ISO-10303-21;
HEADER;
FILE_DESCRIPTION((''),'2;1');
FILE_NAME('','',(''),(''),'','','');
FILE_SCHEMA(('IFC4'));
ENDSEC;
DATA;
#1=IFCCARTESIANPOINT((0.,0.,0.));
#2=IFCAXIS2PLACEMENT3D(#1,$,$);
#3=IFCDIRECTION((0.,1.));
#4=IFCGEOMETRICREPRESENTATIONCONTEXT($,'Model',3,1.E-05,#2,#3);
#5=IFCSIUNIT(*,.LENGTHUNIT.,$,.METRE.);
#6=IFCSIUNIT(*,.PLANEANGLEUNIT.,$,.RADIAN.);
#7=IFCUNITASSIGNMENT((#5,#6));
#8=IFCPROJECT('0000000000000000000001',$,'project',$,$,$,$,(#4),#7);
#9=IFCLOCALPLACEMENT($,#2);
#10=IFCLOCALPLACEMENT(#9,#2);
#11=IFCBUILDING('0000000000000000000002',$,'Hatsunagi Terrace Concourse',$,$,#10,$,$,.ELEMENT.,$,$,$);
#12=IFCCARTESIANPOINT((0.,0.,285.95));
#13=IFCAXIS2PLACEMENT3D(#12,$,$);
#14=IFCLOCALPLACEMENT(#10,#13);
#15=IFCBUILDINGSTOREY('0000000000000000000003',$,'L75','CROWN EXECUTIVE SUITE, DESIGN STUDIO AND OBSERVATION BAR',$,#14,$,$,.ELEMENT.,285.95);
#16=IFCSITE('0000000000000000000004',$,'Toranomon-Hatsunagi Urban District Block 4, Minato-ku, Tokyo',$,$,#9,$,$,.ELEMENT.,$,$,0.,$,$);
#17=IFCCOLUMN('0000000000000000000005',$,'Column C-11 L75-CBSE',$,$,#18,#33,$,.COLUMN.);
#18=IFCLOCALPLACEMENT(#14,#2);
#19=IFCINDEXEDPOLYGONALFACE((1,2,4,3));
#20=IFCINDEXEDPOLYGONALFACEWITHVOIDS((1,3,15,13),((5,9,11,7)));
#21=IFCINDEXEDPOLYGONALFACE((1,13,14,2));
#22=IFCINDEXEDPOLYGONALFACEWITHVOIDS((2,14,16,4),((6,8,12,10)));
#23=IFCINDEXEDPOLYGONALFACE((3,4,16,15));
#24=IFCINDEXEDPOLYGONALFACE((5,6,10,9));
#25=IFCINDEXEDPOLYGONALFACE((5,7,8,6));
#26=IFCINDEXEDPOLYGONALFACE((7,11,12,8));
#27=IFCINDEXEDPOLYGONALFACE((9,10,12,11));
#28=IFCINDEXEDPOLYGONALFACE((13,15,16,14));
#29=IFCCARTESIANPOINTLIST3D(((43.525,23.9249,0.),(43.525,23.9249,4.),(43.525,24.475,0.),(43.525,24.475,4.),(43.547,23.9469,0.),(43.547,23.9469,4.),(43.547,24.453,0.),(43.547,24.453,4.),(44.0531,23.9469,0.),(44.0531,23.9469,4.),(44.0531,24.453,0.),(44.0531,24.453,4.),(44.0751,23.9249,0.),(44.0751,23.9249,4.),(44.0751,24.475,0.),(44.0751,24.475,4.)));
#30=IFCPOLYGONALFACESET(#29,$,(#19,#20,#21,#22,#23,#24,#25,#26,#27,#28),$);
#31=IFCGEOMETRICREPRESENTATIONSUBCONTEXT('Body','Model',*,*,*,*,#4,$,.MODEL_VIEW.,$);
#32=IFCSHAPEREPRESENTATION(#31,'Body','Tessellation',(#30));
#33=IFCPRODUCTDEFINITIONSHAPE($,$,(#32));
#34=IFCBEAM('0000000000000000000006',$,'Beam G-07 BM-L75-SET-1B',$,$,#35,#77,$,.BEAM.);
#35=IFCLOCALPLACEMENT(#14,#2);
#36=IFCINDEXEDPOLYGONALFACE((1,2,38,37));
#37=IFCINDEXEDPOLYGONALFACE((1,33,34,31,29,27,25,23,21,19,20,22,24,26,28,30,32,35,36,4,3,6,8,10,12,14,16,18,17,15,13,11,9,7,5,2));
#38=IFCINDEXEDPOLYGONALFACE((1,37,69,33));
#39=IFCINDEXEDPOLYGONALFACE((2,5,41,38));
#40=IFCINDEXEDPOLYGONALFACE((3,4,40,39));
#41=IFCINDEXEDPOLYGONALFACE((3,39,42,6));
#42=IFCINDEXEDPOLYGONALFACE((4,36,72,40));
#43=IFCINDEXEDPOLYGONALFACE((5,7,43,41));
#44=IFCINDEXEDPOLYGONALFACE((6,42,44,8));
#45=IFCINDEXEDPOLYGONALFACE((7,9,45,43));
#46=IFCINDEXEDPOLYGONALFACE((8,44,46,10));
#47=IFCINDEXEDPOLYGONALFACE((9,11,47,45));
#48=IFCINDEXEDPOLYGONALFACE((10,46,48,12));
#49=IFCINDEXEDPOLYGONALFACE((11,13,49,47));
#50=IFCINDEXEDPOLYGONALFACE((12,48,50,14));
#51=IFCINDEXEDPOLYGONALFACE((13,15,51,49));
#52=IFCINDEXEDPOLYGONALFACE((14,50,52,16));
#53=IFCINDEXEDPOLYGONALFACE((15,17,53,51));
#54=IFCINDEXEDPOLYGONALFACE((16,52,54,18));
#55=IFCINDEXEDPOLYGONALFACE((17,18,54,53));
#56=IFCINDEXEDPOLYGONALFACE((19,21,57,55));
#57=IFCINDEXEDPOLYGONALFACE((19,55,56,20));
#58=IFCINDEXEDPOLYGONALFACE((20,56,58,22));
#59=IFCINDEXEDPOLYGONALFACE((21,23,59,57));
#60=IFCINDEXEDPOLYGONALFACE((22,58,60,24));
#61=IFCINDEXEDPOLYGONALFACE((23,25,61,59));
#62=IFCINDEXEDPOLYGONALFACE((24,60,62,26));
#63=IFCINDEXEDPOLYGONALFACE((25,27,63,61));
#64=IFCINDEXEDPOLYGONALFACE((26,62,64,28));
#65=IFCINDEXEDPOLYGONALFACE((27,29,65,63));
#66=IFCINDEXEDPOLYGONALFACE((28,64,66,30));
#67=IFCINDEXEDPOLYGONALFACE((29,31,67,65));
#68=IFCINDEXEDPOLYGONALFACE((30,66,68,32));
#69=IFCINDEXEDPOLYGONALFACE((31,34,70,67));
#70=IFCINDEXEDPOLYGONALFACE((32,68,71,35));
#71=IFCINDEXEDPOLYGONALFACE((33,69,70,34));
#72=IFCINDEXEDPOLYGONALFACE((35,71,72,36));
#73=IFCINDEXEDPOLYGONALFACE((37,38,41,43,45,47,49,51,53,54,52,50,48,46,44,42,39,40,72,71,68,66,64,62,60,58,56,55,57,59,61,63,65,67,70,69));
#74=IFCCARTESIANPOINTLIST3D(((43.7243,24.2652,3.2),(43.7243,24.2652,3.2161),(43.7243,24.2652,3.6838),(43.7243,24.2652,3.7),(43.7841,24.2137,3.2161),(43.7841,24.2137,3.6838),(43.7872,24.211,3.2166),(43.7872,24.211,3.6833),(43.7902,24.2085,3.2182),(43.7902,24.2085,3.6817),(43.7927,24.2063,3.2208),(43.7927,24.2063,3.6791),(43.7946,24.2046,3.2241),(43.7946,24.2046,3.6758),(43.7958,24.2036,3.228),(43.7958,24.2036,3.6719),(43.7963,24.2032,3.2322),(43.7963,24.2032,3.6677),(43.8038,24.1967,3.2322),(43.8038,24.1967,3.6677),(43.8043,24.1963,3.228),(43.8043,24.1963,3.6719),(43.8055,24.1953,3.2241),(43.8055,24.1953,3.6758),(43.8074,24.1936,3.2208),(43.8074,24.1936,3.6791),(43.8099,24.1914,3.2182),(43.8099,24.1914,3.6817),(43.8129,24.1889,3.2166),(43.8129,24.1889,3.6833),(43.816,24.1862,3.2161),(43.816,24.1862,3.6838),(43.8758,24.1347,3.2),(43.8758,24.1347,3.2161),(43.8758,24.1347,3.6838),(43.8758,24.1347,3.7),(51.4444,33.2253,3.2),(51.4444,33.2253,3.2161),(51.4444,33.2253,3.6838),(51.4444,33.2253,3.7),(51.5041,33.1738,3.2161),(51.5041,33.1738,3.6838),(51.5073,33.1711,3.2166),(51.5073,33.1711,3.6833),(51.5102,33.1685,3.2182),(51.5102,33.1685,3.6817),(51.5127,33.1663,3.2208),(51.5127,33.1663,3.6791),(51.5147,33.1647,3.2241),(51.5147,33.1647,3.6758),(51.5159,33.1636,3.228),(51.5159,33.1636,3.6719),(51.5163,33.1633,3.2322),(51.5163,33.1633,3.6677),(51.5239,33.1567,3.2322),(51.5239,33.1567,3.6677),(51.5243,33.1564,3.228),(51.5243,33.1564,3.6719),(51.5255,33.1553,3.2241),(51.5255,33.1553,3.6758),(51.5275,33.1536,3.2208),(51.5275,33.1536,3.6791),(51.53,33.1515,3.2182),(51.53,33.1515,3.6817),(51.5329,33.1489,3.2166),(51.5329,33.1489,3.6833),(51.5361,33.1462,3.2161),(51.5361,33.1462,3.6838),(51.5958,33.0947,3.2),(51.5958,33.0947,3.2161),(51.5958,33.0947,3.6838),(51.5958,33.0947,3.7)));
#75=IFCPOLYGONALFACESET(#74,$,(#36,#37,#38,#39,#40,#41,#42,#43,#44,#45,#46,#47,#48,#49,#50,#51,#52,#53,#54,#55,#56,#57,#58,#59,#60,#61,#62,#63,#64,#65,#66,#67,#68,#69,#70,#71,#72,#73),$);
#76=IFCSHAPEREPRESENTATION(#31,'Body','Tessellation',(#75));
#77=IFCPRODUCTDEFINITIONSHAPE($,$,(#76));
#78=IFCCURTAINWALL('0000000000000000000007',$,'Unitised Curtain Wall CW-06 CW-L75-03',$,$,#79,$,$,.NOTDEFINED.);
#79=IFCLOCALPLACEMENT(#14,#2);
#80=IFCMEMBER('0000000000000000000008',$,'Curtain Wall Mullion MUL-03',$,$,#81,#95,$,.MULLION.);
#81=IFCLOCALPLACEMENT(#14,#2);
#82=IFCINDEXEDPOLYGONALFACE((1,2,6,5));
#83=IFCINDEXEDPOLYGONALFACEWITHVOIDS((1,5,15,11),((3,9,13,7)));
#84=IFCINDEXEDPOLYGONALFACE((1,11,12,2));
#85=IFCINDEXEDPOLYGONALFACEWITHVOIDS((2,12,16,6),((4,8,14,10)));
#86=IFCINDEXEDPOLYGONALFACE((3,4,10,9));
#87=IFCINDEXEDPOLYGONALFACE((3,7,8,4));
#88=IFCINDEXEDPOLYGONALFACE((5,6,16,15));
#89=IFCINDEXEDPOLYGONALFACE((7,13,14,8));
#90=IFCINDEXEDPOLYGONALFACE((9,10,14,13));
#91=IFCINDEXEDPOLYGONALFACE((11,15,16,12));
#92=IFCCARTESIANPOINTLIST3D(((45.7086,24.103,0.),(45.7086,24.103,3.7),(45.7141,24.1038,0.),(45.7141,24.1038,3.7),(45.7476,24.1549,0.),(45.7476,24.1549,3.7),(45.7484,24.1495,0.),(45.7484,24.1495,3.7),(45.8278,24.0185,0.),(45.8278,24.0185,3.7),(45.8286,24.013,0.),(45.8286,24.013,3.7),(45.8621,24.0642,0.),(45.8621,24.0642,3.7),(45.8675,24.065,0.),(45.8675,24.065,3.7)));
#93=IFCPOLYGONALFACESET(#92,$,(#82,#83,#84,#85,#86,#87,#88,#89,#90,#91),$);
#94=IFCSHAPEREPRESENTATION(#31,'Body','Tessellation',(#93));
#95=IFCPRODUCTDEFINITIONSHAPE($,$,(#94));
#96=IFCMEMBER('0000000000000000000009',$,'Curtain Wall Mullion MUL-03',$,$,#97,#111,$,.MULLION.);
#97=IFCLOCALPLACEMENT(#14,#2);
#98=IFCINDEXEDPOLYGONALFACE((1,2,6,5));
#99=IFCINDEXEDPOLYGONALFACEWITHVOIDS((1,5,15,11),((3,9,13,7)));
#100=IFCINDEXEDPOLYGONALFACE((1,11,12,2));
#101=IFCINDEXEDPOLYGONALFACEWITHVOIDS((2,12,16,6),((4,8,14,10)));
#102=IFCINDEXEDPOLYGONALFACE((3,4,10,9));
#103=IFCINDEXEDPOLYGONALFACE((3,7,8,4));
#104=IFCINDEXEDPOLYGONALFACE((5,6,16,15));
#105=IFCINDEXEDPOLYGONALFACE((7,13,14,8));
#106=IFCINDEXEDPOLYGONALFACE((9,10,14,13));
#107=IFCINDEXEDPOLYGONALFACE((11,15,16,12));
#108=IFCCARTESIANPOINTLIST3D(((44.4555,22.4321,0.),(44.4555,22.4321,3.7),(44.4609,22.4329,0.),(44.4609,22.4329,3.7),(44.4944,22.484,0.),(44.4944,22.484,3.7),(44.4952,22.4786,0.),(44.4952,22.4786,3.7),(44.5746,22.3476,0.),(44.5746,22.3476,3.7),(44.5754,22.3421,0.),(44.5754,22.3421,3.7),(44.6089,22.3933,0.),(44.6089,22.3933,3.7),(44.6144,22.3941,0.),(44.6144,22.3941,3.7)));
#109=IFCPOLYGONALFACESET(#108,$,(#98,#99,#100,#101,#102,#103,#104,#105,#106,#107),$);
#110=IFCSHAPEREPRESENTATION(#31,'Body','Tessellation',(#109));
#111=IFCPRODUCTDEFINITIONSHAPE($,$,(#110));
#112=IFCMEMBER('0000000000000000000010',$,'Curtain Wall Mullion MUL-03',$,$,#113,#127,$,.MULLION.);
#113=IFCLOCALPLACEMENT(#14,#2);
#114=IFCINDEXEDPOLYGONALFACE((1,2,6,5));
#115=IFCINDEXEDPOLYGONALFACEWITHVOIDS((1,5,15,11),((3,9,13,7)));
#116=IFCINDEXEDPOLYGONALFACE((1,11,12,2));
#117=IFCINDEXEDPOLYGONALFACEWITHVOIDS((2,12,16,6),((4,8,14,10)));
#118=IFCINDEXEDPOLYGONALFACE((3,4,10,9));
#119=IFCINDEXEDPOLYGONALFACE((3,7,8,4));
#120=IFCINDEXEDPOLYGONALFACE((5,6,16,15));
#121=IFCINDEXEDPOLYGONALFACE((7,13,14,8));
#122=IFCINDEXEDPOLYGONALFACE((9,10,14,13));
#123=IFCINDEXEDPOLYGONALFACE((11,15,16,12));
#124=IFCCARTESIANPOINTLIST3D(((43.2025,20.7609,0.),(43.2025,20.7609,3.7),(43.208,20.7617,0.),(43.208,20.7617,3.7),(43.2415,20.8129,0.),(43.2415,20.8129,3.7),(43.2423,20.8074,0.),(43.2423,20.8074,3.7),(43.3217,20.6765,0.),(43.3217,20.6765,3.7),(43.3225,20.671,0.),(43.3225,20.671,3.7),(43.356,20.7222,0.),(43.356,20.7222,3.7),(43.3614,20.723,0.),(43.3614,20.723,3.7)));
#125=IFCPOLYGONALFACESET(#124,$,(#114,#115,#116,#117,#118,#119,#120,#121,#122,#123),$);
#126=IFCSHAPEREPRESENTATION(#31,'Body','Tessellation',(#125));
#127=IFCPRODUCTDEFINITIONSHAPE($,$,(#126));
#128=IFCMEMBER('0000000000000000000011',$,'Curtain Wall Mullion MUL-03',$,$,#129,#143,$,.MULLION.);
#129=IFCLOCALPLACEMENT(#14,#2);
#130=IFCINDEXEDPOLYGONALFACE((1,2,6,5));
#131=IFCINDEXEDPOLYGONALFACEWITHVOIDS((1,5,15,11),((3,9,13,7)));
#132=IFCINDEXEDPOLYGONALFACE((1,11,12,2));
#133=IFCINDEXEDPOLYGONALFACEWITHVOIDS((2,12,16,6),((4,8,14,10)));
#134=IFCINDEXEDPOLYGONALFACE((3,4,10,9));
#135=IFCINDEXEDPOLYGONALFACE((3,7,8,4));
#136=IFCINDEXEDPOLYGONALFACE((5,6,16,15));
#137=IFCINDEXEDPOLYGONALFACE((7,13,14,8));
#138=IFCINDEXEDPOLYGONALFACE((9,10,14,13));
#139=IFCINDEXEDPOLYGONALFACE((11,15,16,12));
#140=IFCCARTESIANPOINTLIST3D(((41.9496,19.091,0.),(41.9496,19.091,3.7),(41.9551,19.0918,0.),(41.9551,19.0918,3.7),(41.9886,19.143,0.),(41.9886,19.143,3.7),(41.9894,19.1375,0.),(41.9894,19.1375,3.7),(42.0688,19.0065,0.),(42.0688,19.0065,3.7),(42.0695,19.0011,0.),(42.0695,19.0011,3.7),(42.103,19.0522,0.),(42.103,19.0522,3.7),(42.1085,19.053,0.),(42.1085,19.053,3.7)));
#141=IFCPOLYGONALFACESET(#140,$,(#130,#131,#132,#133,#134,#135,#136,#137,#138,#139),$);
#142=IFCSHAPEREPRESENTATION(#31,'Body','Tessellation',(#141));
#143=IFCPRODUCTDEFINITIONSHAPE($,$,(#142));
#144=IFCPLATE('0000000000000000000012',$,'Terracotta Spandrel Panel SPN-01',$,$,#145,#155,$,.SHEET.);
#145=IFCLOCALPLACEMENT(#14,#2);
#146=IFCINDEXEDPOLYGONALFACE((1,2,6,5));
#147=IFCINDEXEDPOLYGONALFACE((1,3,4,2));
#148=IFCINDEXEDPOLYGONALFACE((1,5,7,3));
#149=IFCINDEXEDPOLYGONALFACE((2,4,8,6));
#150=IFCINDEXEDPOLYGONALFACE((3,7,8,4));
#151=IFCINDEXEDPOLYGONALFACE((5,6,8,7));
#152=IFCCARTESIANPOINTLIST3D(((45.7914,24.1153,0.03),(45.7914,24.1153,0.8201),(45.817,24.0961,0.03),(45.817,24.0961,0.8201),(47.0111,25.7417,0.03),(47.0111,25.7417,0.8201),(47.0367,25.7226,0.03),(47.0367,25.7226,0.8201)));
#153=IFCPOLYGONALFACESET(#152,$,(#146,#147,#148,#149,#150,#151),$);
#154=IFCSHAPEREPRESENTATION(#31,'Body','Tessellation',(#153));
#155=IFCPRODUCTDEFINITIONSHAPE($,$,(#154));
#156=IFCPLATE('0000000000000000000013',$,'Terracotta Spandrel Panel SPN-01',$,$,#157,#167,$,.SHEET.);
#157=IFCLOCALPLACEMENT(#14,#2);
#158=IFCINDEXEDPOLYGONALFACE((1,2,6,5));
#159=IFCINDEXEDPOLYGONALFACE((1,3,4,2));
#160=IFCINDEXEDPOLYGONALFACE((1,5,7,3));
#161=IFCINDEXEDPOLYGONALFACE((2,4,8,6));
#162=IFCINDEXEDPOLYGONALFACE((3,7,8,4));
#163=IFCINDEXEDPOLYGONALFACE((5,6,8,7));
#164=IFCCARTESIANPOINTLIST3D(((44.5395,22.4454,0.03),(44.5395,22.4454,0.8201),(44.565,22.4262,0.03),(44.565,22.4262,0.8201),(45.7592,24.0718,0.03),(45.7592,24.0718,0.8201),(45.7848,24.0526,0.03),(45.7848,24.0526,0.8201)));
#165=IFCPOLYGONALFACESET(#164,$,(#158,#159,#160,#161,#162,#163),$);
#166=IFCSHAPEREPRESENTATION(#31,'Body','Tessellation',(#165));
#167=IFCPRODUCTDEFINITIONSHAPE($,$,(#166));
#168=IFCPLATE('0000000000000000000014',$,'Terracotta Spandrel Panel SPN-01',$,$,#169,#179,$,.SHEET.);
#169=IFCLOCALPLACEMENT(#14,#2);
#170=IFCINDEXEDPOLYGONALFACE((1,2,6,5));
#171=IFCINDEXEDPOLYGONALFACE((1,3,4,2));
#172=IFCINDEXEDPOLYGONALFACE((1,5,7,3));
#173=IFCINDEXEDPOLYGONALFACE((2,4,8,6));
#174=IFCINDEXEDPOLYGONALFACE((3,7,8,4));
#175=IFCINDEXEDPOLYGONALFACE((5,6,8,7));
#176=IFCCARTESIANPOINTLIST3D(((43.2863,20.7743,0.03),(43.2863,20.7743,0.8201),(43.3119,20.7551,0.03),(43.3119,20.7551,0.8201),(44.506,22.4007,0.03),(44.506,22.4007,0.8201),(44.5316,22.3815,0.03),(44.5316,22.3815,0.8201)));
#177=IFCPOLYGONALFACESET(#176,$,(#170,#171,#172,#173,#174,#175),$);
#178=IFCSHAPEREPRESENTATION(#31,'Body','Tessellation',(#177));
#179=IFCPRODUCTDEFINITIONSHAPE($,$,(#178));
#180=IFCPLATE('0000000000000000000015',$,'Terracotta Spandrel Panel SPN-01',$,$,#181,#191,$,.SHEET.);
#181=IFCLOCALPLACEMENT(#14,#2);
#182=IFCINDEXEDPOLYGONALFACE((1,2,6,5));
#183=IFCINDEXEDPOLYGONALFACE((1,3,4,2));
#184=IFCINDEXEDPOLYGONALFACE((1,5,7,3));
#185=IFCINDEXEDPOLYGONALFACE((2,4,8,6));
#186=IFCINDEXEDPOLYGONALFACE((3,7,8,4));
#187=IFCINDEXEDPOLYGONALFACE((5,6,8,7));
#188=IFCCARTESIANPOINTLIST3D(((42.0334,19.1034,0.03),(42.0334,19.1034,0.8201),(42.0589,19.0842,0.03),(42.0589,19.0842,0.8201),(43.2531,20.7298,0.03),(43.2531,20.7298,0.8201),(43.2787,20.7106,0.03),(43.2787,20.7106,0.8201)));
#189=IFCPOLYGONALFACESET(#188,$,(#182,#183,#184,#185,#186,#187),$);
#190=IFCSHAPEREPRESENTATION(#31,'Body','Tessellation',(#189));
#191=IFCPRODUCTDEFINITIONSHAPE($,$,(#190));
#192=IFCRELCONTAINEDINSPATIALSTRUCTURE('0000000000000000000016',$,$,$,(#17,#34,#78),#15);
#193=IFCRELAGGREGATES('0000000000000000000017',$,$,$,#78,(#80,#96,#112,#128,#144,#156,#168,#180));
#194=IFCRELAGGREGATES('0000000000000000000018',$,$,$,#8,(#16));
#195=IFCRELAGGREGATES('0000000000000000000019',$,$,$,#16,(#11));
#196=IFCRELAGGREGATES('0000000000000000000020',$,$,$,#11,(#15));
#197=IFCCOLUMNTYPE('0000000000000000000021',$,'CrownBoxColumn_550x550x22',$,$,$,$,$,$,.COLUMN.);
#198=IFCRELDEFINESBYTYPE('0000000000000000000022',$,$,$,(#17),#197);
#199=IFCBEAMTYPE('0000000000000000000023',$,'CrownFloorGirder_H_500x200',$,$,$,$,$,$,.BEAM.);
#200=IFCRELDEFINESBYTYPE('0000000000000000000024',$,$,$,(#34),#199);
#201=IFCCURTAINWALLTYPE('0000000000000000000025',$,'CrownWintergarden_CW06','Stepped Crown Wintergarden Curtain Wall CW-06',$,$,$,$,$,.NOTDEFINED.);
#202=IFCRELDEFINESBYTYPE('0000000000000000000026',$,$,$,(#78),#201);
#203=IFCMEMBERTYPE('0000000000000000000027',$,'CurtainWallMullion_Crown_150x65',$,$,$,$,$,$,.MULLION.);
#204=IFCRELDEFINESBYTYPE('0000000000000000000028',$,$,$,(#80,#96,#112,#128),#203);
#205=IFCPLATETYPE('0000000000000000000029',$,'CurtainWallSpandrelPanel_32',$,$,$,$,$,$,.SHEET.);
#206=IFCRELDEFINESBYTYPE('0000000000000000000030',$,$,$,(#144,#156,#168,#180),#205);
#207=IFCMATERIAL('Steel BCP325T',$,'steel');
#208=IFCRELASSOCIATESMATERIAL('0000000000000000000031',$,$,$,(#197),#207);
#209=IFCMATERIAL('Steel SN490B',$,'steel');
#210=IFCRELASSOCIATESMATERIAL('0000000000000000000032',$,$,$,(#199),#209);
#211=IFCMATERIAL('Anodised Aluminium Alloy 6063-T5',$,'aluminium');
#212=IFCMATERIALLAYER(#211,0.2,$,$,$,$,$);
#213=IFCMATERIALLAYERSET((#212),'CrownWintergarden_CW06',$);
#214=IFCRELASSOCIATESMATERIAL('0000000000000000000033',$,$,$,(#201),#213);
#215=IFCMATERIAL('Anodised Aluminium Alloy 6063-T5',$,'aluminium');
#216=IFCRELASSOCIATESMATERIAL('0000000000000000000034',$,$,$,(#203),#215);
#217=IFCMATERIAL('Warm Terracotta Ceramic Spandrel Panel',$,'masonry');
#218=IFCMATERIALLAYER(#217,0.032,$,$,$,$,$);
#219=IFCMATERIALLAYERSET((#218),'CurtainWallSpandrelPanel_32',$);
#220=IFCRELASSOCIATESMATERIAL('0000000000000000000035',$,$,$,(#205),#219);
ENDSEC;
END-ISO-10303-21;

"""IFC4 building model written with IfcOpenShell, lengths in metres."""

from ifc_helpers import new_model, si_unit, direction, frame, origin, origin_2d, place, context, subcontext, project, spatial, rectangle, hollow_rectangle, i_section, extrude, material, layer, layer_set, material_profile, profile_set, type_object, element, aggregate, save


model = new_model("IFC4")

# Units and contexts
model_context = context("Model", 3, precision=1e-05, world=origin(), true_north=direction((0.0, 1.0)))
body_context = subcontext(model_context, "Body", "Model", "MODEL_VIEW")
ifc_project = project(units=[si_unit("LENGTHUNIT", "METRE"), si_unit("PLANEANGLEUNIT", "RADIAN")], contexts=[model_context])

# Site, building, storey
site_placement = place(None, origin())
site = spatial("IfcSite", under=ifc_project, at=site_placement, Name="Toranomon-Hatsunagi Urban District Block 4, Minato-ku, Tokyo", CompositionType="ELEMENT", RefElevation=0.0)
building_placement = place(site_placement, origin())
building = spatial("IfcBuilding", under=site, at=building_placement, Name="Hatsunagi Terrace Concourse", CompositionType="ELEMENT")
storey_placement = place(building_placement, frame((0.0, 0.0, 285.95)))
storey = spatial("IfcBuildingStorey", under=building, at=storey_placement, Name="L75", Description="CROWN EXECUTIVE SUITE, DESIGN STUDIO AND OBSERVATION BAR", CompositionType="ELEMENT", Elevation=285.95)

# Column
ifc_material_1 = material(Name="Steel BCP325T", Category="steel")
ifc_material_profile_1 = material_profile(ifc_material_1, hollow_rectangle(XDim=0.55, YDim=0.55, WallThickness=0.022, at=origin_2d()), Name="BCP-550x550x22")
ifc_profile_set_1 = profile_set([ifc_material_profile_1], Name="Steel BCP325T")
column_type = type_object("IfcColumnType", Name="CrownBoxColumn_550x550x22", PredefinedType="COLUMN", material=ifc_profile_set_1)
column_placement = place(storey_placement, frame((43.8, 24.2, 0.0), z_axis=(0.0, 0.0, 1.0), x_axis=(1.0, 0.0, 0.0)))
element("IfcColumn", 1, at=column_placement, inside=storey, type_object=column_type, Name="Column C-11 L75-CBSE", PredefinedType="COLUMN", context=body_context, shape_type="SweptSolid", body=[
    extrude(hollow_rectangle(XDim=0.55, YDim=0.55, WallThickness=0.022, at=origin_2d()), origin(), (0.0, 0.0, 1.0), 4.0),
])

# Beam
ifc_material_2 = material(Name="Steel SN490B", Category="steel")
ifc_material_profile_2 = material_profile(ifc_material_2, i_section(OverallWidth=0.2, OverallDepth=0.5, WebThickness=0.01, FlangeThickness=0.0161, FilletRadius=0.0161, at=origin_2d()), Name="H-500x200x10x16")
ifc_profile_set_2 = profile_set([ifc_material_profile_2], Name="Steel SN490B")
beam_type = type_object("IfcBeamType", Name="CrownFloorGirder_H_500x200", PredefinedType="BEAM", material=ifc_profile_set_2)
beam_placement = place(storey_placement, frame((43.8, 24.2, 3.45), z_axis=(0.652739, 0.757583, 0.0), x_axis=(-0.757583, 0.652739, 0.0)))
element("IfcBeam", 2, at=beam_placement, inside=storey, type_object=beam_type, Name="Beam G-07 BM-L75-SET-1B", PredefinedType="BEAM", context=body_context, shape_type="SweptSolid", body=[
    extrude(i_section(OverallWidth=0.2, OverallDepth=0.5, WebThickness=0.01, FlangeThickness=0.0161, FilletRadius=0.0161, at=origin_2d()), origin(), (0.0, 0.0, 1.0), 11.8271),
])

# Curtain wall, members, plates
ifc_material_3 = material(Name="Anodised Aluminium Alloy 6063-T5", Category="aluminium")
ifc_layer_1 = layer(ifc_material_3, 0.2)
ifc_layer_set_1 = layer_set([ifc_layer_1], Name="CrownWintergarden_CW06")
curtain_wall_type = type_object("IfcCurtainWallType", Name="CrownWintergarden_CW06", Description="Stepped Crown Wintergarden Curtain Wall CW-06", PredefinedType="NOTDEFINED", material=ifc_layer_set_1)
curtain_wall_placement = place(storey_placement, origin())
curtain_wall = element("IfcCurtainWall", 3, at=curtain_wall_placement, inside=storey, type_object=curtain_wall_type, Name="Unitised Curtain Wall CW-06 CW-L75-03", PredefinedType="NOTDEFINED")
ifc_material_4 = material(Name="Anodised Aluminium Alloy 6063-T5", Category="aluminium")
ifc_material_profile_3 = material_profile(ifc_material_4, hollow_rectangle(XDim=0.0649, YDim=0.1499, WallThickness=0.0039, at=origin_2d()), Name="ALU-MUL-150x65x4")
ifc_profile_set_3 = profile_set([ifc_material_profile_3], Name="Anodised Aluminium Alloy 6063-T5")
member_type = type_object("IfcMemberType", Name="CurtainWallMullion_Crown_150x65", PredefinedType="MULLION", material=ifc_profile_set_3)
member_1_placement = place(storey_placement, frame((45.7881, 24.084, 0.0), z_axis=(0.0, 0.0, 1.0), x_axis=(-0.599969, -0.800023, 0.0)))
member_1 = element("IfcMember", 4, at=member_1_placement, type_object=member_type, Name="Curtain Wall Mullion MUL-03", PredefinedType="MULLION", context=body_context, shape_type="SweptSolid", body=[
    extrude(hollow_rectangle(XDim=0.0649, YDim=0.1499, WallThickness=0.0039, at=origin_2d()), origin(), (0.0, 0.0, 1.0), 3.7),
])
member_2_placement = place(storey_placement, frame((44.5349, 22.4131, 0.0), z_axis=(0.0, 0.0, 1.0), x_axis=(-0.599969, -0.800023, 0.0)))
member_2 = element("IfcMember", 5, at=member_2_placement, type_object=member_type, Name="Curtain Wall Mullion MUL-03", PredefinedType="MULLION", context=body_context, shape_type="SweptSolid", body=[
    extrude(hollow_rectangle(XDim=0.0649, YDim=0.1499, WallThickness=0.0039, at=origin_2d()), origin(), (0.0, 0.0, 1.0), 3.7),
])
member_3_placement = place(storey_placement, frame((43.282, 20.7419, 0.0), z_axis=(0.0, 0.0, 1.0), x_axis=(-0.599969, -0.800023, 0.0)))
member_3 = element("IfcMember", 6, at=member_3_placement, type_object=member_type, Name="Curtain Wall Mullion MUL-03", PredefinedType="MULLION", context=body_context, shape_type="SweptSolid", body=[
    extrude(hollow_rectangle(XDim=0.0649, YDim=0.1499, WallThickness=0.0039, at=origin_2d()), origin(), (0.0, 0.0, 1.0), 3.7),
])
member_4_placement = place(storey_placement, frame((42.0291, 19.072, 0.0), z_axis=(0.0, 0.0, 1.0), x_axis=(-0.599969, -0.800023, 0.0)))
member_4 = element("IfcMember", 7, at=member_4_placement, type_object=member_type, Name="Curtain Wall Mullion MUL-03", PredefinedType="MULLION", context=body_context, shape_type="SweptSolid", body=[
    extrude(hollow_rectangle(XDim=0.0649, YDim=0.1499, WallThickness=0.0039, at=origin_2d()), origin(), (0.0, 0.0, 1.0), 3.7),
])
ifc_material_5 = material(Name="Warm Terracotta Ceramic Spandrel Panel", Category="masonry")
ifc_layer_2 = layer(ifc_material_5, 0.032)
ifc_layer_set_2 = layer_set([ifc_layer_2], Name="CurtainWallSpandrelPanel_32")
plate_type_1 = type_object("IfcPlateType", Name="CurtainWallSpandrelPanel_32", PredefinedType="SHEET", material=ifc_layer_set_2)
plate_1_placement = place(storey_placement, frame((46.4141, 24.9189, 0.03), z_axis=(0.0, 0.0, 1.0), x_axis=(-0.599969, -0.800023, 0.0)))
plate_1 = element("IfcPlate", 8, at=plate_1_placement, type_object=plate_type_1, Name="Terracotta Spandrel Panel SPN-01", PredefinedType="SHEET", context=body_context, shape_type="SweptSolid", body=[
    extrude(rectangle(XDim=2.033, YDim=0.032, at=origin_2d()), origin(), (0.0, 0.0, 1.0), 0.79),
])
plate_2_placement = place(storey_placement, frame((45.1621, 23.249, 0.03), z_axis=(0.0, 0.0, 1.0), x_axis=(-0.599969, -0.800023, 0.0)))
plate_2 = element("IfcPlate", 9, at=plate_2_placement, type_object=plate_type_1, Name="Terracotta Spandrel Panel SPN-01", PredefinedType="SHEET", context=body_context, shape_type="SweptSolid", body=[
    extrude(rectangle(XDim=2.033, YDim=0.032, at=origin_2d()), origin(), (0.0, 0.0, 1.0), 0.79),
])
plate_3_placement = place(storey_placement, frame((43.9089, 21.5779, 0.03), z_axis=(0.0, 0.0, 1.0), x_axis=(-0.599969, -0.800023, 0.0)))
plate_3 = element("IfcPlate", 10, at=plate_3_placement, type_object=plate_type_1, Name="Terracotta Spandrel Panel SPN-01", PredefinedType="SHEET", context=body_context, shape_type="SweptSolid", body=[
    extrude(rectangle(XDim=2.033, YDim=0.032, at=origin_2d()), origin(), (0.0, 0.0, 1.0), 0.79),
])
plate_4_placement = place(storey_placement, frame((42.656, 19.907, 0.03), z_axis=(0.0, 0.0, 1.0), x_axis=(-0.599969, -0.800023, 0.0)))
plate_4 = element("IfcPlate", 11, at=plate_4_placement, type_object=plate_type_1, Name="Terracotta Spandrel Panel SPN-01", PredefinedType="SHEET", context=body_context, shape_type="SweptSolid", body=[
    extrude(rectangle(XDim=2.033, YDim=0.032, at=origin_2d()), origin(), (0.0, 0.0, 1.0), 0.79),
])
aggregate(curtain_wall, [member_1, member_2, member_3, member_4, plate_1, plate_2, plate_3, plate_4])

save(model, "model.ifc")
